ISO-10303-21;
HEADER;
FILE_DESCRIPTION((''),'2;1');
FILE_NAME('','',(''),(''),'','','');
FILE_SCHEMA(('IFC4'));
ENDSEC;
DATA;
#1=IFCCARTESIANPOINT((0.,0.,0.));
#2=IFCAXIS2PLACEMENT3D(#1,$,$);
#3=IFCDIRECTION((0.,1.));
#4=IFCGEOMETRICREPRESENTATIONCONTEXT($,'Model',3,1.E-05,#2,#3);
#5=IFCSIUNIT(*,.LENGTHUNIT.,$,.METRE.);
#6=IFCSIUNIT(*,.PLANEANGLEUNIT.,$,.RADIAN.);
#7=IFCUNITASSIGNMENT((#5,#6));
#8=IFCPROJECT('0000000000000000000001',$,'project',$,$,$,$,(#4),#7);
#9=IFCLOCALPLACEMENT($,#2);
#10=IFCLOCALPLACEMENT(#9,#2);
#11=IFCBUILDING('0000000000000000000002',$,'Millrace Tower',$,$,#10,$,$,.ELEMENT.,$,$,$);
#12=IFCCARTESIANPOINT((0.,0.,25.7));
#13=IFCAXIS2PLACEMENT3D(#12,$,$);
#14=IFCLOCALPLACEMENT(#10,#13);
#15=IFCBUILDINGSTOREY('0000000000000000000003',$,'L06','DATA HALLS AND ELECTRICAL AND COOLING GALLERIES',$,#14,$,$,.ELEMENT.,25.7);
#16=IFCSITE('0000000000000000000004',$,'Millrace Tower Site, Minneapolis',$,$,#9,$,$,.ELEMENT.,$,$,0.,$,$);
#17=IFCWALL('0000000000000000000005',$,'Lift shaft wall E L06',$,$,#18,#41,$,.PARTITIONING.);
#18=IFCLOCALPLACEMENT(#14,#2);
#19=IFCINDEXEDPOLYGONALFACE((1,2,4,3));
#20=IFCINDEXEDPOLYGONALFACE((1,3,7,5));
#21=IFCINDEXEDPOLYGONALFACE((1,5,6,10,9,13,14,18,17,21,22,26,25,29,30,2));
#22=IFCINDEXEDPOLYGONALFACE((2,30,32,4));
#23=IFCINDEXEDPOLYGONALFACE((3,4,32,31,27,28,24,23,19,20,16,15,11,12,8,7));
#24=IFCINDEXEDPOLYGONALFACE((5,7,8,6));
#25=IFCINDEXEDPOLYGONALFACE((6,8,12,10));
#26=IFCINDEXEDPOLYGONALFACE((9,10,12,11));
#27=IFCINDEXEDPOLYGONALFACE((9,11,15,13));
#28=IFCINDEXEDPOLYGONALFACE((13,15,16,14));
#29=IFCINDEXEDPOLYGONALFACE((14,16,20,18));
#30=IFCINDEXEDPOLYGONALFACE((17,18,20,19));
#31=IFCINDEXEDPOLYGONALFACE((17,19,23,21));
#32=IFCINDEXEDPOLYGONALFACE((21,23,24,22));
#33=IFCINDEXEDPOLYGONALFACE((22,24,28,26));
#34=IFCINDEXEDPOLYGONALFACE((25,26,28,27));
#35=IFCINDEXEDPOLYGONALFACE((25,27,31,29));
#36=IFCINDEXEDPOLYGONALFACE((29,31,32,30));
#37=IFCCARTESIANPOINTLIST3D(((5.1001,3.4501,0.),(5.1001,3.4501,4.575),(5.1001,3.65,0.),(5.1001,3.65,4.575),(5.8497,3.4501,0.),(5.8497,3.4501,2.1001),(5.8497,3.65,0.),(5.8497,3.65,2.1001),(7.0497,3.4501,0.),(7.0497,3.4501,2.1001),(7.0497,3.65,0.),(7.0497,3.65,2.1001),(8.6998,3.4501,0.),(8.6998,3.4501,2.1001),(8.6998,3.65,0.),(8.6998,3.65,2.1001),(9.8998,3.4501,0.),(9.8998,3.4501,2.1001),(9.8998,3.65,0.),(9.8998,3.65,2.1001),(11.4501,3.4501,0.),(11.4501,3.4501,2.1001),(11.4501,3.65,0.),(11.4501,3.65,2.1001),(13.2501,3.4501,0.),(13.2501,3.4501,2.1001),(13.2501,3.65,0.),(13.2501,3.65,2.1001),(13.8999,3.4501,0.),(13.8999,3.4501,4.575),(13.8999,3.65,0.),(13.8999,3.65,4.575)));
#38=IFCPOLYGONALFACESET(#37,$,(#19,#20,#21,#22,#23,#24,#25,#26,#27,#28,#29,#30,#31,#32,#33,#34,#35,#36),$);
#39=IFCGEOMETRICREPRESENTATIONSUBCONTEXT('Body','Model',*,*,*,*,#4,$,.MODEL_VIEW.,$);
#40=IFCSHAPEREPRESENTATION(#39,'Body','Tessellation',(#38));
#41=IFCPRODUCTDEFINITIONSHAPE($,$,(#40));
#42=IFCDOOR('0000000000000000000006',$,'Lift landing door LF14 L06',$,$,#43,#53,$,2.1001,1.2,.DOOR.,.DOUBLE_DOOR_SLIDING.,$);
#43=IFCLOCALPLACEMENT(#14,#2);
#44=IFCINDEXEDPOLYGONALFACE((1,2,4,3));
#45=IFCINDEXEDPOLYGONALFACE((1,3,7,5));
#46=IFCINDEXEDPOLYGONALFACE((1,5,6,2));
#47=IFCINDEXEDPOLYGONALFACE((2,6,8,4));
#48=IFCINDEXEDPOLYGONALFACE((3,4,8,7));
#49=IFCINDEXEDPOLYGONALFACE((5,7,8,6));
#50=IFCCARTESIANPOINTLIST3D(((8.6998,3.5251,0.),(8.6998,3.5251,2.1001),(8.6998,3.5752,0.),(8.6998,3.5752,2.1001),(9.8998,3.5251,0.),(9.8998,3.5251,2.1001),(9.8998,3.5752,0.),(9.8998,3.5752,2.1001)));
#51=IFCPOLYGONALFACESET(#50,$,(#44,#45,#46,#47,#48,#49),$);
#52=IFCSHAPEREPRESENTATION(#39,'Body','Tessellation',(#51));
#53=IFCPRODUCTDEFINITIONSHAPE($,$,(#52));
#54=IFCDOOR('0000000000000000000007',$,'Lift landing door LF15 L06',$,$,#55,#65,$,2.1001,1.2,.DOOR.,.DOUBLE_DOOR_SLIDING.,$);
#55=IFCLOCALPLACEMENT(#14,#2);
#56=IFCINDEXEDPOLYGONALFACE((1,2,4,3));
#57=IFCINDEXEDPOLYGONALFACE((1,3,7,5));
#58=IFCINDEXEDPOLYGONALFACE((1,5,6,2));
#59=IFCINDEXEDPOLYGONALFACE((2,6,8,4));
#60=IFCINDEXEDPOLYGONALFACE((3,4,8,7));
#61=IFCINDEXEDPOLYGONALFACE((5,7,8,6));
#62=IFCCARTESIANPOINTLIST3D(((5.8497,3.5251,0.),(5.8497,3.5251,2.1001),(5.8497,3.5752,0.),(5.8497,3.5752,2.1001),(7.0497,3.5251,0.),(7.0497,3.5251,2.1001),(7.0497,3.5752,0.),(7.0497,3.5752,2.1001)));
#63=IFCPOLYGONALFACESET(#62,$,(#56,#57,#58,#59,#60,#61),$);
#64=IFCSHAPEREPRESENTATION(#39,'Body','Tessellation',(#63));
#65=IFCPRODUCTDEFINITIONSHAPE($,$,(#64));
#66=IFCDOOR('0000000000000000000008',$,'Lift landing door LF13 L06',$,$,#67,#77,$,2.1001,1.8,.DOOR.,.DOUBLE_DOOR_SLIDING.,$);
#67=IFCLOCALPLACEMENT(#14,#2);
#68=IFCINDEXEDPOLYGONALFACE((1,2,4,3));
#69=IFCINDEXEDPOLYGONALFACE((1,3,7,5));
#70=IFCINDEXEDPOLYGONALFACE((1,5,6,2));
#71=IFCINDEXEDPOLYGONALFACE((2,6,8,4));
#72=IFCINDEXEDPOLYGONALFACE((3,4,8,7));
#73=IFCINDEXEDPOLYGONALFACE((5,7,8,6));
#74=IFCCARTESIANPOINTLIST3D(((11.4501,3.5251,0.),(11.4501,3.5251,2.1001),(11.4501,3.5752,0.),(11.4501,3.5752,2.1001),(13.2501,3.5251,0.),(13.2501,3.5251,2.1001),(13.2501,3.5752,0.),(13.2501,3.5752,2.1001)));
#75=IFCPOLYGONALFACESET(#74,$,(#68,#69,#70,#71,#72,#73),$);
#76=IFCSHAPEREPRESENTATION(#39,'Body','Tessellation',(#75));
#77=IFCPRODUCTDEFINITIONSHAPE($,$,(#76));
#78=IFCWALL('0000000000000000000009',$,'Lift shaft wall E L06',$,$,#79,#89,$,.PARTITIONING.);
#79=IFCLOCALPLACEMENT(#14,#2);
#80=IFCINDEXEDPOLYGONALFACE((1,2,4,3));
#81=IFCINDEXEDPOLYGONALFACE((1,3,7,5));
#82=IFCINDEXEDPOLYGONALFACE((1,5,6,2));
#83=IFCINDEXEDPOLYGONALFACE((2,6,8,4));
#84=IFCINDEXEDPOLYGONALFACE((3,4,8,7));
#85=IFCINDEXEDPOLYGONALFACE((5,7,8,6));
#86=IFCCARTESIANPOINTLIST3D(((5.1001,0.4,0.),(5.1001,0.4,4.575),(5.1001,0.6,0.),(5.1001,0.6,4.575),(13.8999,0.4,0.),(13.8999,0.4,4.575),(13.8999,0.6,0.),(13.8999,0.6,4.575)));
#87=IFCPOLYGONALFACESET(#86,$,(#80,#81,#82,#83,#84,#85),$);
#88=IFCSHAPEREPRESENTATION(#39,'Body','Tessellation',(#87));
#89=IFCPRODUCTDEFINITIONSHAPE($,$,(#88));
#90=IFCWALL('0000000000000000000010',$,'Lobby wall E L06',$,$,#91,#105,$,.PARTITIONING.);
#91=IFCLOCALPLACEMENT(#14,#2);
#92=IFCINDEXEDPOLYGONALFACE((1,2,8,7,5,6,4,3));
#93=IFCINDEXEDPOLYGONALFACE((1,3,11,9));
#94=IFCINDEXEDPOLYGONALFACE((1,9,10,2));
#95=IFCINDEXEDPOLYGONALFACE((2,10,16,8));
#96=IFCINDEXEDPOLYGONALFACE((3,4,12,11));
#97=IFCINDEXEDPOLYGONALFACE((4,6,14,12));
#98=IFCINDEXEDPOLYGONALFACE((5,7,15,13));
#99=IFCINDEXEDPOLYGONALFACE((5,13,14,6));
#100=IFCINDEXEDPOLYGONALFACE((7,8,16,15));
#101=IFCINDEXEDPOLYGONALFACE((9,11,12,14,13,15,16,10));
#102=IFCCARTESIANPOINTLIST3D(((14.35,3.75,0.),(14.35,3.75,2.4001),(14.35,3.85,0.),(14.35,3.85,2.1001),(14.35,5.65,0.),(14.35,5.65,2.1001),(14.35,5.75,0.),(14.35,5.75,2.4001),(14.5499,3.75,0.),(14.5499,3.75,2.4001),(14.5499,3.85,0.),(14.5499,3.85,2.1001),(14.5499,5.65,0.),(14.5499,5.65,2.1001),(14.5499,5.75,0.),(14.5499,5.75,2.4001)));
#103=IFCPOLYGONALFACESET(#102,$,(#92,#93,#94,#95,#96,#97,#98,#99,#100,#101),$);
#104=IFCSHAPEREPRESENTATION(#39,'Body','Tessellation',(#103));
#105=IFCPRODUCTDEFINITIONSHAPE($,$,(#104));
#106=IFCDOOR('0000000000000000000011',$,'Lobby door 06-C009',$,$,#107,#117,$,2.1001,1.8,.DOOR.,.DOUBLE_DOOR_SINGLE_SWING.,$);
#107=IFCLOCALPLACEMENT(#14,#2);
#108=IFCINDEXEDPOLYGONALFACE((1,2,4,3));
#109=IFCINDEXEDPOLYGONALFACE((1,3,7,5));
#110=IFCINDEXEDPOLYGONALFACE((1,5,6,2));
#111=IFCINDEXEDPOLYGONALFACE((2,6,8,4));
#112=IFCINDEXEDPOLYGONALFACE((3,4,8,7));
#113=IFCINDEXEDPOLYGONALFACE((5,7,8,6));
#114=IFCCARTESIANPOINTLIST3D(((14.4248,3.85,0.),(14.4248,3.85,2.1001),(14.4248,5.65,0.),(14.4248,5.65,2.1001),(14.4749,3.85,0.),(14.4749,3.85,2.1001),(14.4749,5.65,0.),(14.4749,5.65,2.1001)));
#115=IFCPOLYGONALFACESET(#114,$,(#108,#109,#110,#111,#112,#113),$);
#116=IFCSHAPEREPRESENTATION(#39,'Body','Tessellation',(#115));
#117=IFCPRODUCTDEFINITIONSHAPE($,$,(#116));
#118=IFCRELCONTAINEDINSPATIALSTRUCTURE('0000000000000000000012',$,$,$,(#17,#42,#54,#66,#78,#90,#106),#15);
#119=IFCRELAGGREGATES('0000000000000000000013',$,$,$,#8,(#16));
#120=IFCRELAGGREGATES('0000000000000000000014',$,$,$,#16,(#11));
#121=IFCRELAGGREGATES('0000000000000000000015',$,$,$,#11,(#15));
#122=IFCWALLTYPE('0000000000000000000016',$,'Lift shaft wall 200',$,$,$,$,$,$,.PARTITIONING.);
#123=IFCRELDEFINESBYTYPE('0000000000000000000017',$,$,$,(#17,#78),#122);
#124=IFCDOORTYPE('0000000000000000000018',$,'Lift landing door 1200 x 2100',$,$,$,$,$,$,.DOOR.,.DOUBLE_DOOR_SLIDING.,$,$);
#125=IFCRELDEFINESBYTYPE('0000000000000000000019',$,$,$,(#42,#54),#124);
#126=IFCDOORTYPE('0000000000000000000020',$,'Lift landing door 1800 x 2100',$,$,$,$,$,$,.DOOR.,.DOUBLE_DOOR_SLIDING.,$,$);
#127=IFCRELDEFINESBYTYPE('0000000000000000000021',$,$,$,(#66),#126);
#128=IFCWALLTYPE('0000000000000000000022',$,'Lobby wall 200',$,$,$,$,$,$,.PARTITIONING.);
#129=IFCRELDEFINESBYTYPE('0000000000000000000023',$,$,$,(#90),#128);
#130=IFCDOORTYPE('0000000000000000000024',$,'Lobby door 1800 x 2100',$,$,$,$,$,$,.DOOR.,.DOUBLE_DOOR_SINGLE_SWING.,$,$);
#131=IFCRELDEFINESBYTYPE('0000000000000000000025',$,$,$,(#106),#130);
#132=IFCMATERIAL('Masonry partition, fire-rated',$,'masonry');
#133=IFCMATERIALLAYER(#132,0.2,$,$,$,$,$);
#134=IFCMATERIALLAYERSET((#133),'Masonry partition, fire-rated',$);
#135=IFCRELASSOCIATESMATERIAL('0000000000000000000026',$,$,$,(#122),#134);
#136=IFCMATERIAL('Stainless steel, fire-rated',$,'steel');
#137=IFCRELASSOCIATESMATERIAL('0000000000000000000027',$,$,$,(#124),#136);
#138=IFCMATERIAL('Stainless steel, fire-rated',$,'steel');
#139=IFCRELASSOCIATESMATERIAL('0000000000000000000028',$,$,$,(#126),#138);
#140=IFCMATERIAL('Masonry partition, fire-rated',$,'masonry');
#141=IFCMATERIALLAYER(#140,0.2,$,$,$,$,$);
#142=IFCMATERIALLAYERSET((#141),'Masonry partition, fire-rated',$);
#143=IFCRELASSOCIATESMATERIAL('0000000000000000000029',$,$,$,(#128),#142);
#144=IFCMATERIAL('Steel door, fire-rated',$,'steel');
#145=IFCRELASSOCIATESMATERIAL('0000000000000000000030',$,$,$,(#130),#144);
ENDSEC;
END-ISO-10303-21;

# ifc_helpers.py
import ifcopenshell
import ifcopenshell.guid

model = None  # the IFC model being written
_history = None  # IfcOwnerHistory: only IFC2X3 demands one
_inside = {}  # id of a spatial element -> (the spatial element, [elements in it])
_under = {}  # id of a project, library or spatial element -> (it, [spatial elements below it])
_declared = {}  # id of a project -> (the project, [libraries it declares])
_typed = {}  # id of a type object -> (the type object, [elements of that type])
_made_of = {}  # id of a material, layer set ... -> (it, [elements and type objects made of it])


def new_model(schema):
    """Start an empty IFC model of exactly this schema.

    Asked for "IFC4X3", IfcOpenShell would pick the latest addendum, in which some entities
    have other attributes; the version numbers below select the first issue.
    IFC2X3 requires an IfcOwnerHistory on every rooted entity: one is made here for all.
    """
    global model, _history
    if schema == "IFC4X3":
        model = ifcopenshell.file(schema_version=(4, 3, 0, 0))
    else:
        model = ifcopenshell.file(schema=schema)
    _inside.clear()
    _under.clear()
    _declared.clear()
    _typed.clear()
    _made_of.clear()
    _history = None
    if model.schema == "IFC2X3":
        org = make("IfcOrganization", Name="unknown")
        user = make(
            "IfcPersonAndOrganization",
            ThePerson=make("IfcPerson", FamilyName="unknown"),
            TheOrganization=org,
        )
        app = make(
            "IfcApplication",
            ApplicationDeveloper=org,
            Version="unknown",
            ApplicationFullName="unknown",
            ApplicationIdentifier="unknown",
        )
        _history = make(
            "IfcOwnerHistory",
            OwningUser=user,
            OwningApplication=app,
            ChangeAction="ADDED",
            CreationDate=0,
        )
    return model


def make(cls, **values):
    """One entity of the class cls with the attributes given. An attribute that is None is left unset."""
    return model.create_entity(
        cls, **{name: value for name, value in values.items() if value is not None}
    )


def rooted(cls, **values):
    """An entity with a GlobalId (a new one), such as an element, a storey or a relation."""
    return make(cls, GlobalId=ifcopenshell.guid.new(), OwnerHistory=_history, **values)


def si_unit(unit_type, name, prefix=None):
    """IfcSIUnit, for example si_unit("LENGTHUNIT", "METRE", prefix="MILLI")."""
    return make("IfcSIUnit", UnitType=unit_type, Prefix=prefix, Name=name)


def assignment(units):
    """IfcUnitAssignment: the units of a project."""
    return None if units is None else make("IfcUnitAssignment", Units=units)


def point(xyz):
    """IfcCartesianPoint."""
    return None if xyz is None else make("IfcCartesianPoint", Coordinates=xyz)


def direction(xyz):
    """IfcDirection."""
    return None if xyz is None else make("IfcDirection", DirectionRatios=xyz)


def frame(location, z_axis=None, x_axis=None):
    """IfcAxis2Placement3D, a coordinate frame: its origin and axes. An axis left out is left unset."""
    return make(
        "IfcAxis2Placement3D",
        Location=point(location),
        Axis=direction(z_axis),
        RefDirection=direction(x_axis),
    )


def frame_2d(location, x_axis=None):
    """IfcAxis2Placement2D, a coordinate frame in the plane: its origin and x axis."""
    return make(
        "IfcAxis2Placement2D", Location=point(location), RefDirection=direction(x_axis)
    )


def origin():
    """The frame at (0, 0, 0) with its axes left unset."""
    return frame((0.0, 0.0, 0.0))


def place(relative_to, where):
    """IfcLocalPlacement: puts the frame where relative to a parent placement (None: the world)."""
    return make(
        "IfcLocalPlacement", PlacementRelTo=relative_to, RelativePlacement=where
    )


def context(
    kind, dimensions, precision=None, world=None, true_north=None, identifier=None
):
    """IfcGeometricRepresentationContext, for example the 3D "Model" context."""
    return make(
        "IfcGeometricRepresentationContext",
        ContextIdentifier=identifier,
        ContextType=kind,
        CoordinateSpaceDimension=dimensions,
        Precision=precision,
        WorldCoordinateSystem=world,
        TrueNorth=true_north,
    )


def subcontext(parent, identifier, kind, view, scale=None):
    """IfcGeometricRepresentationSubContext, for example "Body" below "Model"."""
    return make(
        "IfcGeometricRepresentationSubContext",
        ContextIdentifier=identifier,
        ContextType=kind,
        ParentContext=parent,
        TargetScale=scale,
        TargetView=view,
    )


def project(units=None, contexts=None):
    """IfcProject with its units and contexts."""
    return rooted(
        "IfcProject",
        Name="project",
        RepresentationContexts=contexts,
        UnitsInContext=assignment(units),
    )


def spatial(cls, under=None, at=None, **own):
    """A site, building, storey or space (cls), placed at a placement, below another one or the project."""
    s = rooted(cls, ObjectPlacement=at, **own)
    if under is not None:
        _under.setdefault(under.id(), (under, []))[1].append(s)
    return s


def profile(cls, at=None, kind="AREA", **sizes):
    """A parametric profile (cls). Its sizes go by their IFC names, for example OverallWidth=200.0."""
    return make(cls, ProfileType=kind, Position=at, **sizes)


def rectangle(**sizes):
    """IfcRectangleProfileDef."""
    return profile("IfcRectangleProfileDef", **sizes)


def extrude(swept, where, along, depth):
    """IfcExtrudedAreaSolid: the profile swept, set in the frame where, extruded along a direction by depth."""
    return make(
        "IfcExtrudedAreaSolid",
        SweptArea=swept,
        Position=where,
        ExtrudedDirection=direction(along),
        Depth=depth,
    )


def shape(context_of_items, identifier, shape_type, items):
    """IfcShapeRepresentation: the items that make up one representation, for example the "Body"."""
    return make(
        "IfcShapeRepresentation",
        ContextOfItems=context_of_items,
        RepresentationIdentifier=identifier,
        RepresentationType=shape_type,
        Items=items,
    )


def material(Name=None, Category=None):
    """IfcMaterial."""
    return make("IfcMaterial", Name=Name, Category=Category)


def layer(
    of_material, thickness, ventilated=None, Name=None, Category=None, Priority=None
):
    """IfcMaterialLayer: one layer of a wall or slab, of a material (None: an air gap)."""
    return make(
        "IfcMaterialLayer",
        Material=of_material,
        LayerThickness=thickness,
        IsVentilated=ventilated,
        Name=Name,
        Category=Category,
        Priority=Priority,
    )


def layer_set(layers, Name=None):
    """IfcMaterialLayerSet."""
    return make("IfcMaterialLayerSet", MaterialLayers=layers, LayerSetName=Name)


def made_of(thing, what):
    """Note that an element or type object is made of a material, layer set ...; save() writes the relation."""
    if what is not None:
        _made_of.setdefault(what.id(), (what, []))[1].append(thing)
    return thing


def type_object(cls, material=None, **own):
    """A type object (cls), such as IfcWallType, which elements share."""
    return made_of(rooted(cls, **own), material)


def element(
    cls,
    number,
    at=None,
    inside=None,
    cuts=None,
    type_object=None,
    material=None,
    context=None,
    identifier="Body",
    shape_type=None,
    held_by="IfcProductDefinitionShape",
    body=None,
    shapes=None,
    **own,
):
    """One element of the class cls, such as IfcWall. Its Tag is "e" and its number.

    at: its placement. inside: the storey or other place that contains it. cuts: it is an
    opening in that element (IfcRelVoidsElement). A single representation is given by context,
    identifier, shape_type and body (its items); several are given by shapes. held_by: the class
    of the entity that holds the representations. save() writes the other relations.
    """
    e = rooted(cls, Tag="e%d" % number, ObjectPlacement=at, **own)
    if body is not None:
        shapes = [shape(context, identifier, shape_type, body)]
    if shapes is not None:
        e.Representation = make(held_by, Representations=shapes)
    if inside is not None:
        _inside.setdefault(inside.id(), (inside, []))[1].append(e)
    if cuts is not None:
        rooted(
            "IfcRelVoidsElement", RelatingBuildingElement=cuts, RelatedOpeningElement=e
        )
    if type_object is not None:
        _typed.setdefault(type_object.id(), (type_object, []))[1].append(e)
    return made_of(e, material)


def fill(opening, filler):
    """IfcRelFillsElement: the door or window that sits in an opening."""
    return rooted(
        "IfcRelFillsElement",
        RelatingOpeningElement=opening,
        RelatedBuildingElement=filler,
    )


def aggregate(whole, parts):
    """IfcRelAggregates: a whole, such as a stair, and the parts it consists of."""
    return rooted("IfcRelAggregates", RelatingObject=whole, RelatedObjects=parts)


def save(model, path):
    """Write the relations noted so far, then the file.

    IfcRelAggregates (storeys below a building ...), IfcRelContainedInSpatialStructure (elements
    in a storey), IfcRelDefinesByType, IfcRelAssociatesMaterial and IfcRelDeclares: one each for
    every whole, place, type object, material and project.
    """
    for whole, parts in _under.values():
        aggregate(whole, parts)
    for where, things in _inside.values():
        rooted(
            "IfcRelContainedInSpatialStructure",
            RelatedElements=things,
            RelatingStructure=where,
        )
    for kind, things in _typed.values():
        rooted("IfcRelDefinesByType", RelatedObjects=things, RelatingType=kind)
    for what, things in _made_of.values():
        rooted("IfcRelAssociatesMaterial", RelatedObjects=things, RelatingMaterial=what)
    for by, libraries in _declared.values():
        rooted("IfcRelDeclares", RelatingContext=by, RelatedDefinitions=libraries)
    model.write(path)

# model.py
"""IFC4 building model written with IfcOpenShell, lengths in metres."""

from ifc_helpers import new_model, si_unit, direction, frame, frame_2d, origin, place, context, subcontext, project, spatial, rectangle, extrude, material, layer, layer_set, type_object, element, fill, save


model = new_model("IFC4")

# Units and contexts
model_context = context("Model", 3, precision=1e-05, world=origin(), true_north=direction((0.0, 1.0)))
body_context = subcontext(model_context, "Body", "Model", "MODEL_VIEW")
ifc_project = project(units=[si_unit("LENGTHUNIT", "METRE"), si_unit("PLANEANGLEUNIT", "RADIAN")], contexts=[model_context])

# Site, building, storey
site_placement = place(None, origin())
site = spatial("IfcSite", under=ifc_project, at=site_placement, Name="Millrace Tower Site, Minneapolis", CompositionType="ELEMENT", RefElevation=0.0)
building_placement = place(site_placement, origin())
building = spatial("IfcBuilding", under=site, at=building_placement, Name="Millrace Tower", CompositionType="ELEMENT")
storey_placement = place(building_placement, frame((0.0, 0.0, 25.7)))
storey = spatial("IfcBuildingStorey", under=building, at=storey_placement, Name="L06", Description="DATA HALLS AND ELECTRICAL AND COOLING GALLERIES", CompositionType="ELEMENT", Elevation=25.7)

# Wall, openings, doors
ifc_material_1 = material(Name="Masonry partition, fire-rated", Category="masonry")
ifc_layer_1 = layer(ifc_material_1, 0.2)
ifc_layer_set_1 = layer_set([ifc_layer_1], Name="Masonry partition, fire-rated")
wall_type_1 = type_object("IfcWallType", Name="Lift shaft wall 200", PredefinedType="PARTITIONING", material=ifc_layer_set_1)
wall_1_placement = place(storey_placement, frame((13.8999, 3.55, 0.0), z_axis=(0.0, 0.0, 1.0), x_axis=(-1.0, 0.0, 0.0)))
wall_1 = element("IfcWall", 1, at=wall_1_placement, inside=storey, type_object=wall_type_1, Name="Lift shaft wall E L06", PredefinedType="PARTITIONING", context=body_context, shape_type="SweptSolid", body=[
    extrude(rectangle(XDim=8.7998, YDim=0.2, at=frame_2d((4.3999, 0.0))), origin(), (0.0, 0.0, 1.0), 4.575),
])
opening_1_placement = place(wall_1_placement, frame((0.6499, 0.0, 0.0)))
opening_1 = element("IfcOpeningElement", 2, at=opening_1_placement, cuts=wall_1, PredefinedType="OPENING", context=body_context, shape_type="SweptSolid", body=[
    extrude(rectangle(XDim=1.8, YDim=2.1001, at=frame_2d((0.8999, 1.05))), frame((0.0, 0.1099, 0.0), z_axis=(0.0, -1.0, 0.0), x_axis=(1.0, 0.0, 0.0)), (0.0, 0.0, 1.0), 0.22),
])
opening_2_placement = place(wall_1_placement, frame((4.0, 0.0, 0.0)))
opening_2 = element("IfcOpeningElement", 3, at=opening_2_placement, cuts=wall_1, PredefinedType="OPENING", context=body_context, shape_type="SweptSolid", body=[
    extrude(rectangle(XDim=1.2, YDim=2.1001, at=frame_2d((0.6001, 1.05))), frame((0.0, 0.1099, 0.0), z_axis=(0.0, -1.0, 0.0), x_axis=(1.0, 0.0, 0.0)), (0.0, 0.0, 1.0), 0.22),
])
opening_3_placement = place(wall_1_placement, frame((6.8501, 0.0, 0.0)))
opening_3 = element("IfcOpeningElement", 4, at=opening_3_placement, cuts=wall_1, PredefinedType="OPENING", context=body_context, shape_type="SweptSolid", body=[
    extrude(rectangle(XDim=1.2, YDim=2.1001, at=frame_2d((0.6001, 1.05))), frame((0.0, 0.1099, 0.0), z_axis=(0.0, -1.0, 0.0), x_axis=(1.0, 0.0, 0.0)), (0.0, 0.0, 1.0), 0.22),
])
ifc_material_2 = material(Name="Stainless steel, fire-rated", Category="steel")
door_type_1 = type_object("IfcDoorType", Name="Lift landing door 1200 x 2100", OperationType="DOUBLE_DOOR_SLIDING", PredefinedType="DOOR", material=ifc_material_2)
door_1_placement = place(opening_2_placement, origin())
door_1 = element("IfcDoor", 5, at=door_1_placement, inside=storey, type_object=door_type_1, Name="Lift landing door LF14 L06", OperationType="DOUBLE_DOOR_SLIDING", OverallHeight=2.1001, OverallWidth=1.2, PredefinedType="DOOR", context=body_context, shape_type="SweptSolid", body=[
    extrude(rectangle(XDim=1.2, YDim=2.1001, at=frame_2d((0.6001, 1.05))), frame((0.0, 0.0249, 0.0), z_axis=(0.0, -1.0, 0.0), x_axis=(1.0, 0.0, 0.0)), (0.0, 0.0, 1.0), 0.05),
])
fill(opening_2, door_1)
door_2_placement = place(opening_3_placement, origin())
door_2 = element("IfcDoor", 6, at=door_2_placement, inside=storey, type_object=door_type_1, Name="Lift landing door LF15 L06", OperationType="DOUBLE_DOOR_SLIDING", OverallHeight=2.1001, OverallWidth=1.2, PredefinedType="DOOR", context=body_context, shape_type="SweptSolid", body=[
    extrude(rectangle(XDim=1.2, YDim=2.1001, at=frame_2d((0.6001, 1.05))), frame((0.0, 0.0249, 0.0), z_axis=(0.0, -1.0, 0.0), x_axis=(1.0, 0.0, 0.0)), (0.0, 0.0, 1.0), 0.05),
])
fill(opening_3, door_2)
ifc_material_3 = material(Name="Stainless steel, fire-rated", Category="steel")
door_type_2 = type_object("IfcDoorType", Name="Lift landing door 1800 x 2100", OperationType="DOUBLE_DOOR_SLIDING", PredefinedType="DOOR", material=ifc_material_3)
door_3_placement = place(opening_1_placement, origin())
door_3 = element("IfcDoor", 7, at=door_3_placement, inside=storey, type_object=door_type_2, Name="Lift landing door LF13 L06", OperationType="DOUBLE_DOOR_SLIDING", OverallHeight=2.1001, OverallWidth=1.8, PredefinedType="DOOR", context=body_context, shape_type="SweptSolid", body=[
    extrude(rectangle(XDim=1.8, YDim=2.1001, at=frame_2d((0.8999, 1.05))), frame((0.0, 0.0249, 0.0), z_axis=(0.0, -1.0, 0.0), x_axis=(1.0, 0.0, 0.0)), (0.0, 0.0, 1.0), 0.05),
])
fill(opening_1, door_3)

# Wall
wall_2_placement = place(storey_placement, frame((13.8999, 0.5, 0.0), z_axis=(0.0, 0.0, 1.0), x_axis=(-1.0, 0.0, 0.0)))
element("IfcWall", 8, at=wall_2_placement, inside=storey, type_object=wall_type_1, Name="Lift shaft wall E L06", PredefinedType="PARTITIONING", context=body_context, shape_type="SweptSolid", body=[
    extrude(rectangle(XDim=8.7998, YDim=0.2, at=frame_2d((4.3999, 0.0))), origin(), (0.0, 0.0, 1.0), 4.575),
])

# Wall, opening, door
ifc_material_4 = material(Name="Masonry partition, fire-rated", Category="masonry")
ifc_layer_2 = layer(ifc_material_4, 0.2)
ifc_layer_set_2 = layer_set([ifc_layer_2], Name="Masonry partition, fire-rated")
wall_type_2 = type_object("IfcWallType", Name="Lobby wall 200", PredefinedType="PARTITIONING", material=ifc_layer_set_2)
wall_3_placement = place(storey_placement, frame((14.45, 5.75, 0.0), z_axis=(0.0, 0.0, 1.0), x_axis=(0.0, -1.0, 0.0)))
wall_3 = element("IfcWall", 9, at=wall_3_placement, inside=storey, type_object=wall_type_2, Name="Lobby wall E L06", PredefinedType="PARTITIONING", context=body_context, shape_type="SweptSolid", body=[
    extrude(rectangle(XDim=2.0, YDim=0.2, at=frame_2d((1.0, 0.0))), origin(), (0.0, 0.0, 1.0), 2.4001),
])
opening_4_placement = place(wall_3_placement, frame((0.1001, 0.0, 0.0)))
opening_4 = element("IfcOpeningElement", 10, at=opening_4_placement, cuts=wall_3, PredefinedType="OPENING", context=body_context, shape_type="SweptSolid", body=[
    extrude(rectangle(XDim=1.8, YDim=2.1001, at=frame_2d((0.8999, 1.05))), frame((0.0, 0.1099, 0.0), z_axis=(0.0, -1.0, 0.0), x_axis=(1.0, 0.0, 0.0)), (0.0, 0.0, 1.0), 0.22),
])
ifc_material_5 = material(Name="Steel door, fire-rated", Category="steel")
door_type_3 = type_object("IfcDoorType", Name="Lobby door 1800 x 2100", OperationType="DOUBLE_DOOR_SINGLE_SWING", PredefinedType="DOOR", material=ifc_material_5)
door_4_placement = place(opening_4_placement, origin())
door_4 = element("IfcDoor", 11, at=door_4_placement, inside=storey, type_object=door_type_3, Name="Lobby door 06-C009", OperationType="DOUBLE_DOOR_SINGLE_SWING", OverallHeight=2.1001, OverallWidth=1.8, PredefinedType="DOOR", context=body_context, shape_type="SweptSolid", body=[
    extrude(rectangle(XDim=1.8, YDim=2.1001, at=frame_2d((0.8999, 1.05))), frame((0.0, 0.0249, 0.0), z_axis=(0.0, -1.0, 0.0), x_axis=(1.0, 0.0, 0.0)), (0.0, 0.0, 1.0), 0.05),
])
fill(opening_4, door_4)

save(model, "model.ifc")
